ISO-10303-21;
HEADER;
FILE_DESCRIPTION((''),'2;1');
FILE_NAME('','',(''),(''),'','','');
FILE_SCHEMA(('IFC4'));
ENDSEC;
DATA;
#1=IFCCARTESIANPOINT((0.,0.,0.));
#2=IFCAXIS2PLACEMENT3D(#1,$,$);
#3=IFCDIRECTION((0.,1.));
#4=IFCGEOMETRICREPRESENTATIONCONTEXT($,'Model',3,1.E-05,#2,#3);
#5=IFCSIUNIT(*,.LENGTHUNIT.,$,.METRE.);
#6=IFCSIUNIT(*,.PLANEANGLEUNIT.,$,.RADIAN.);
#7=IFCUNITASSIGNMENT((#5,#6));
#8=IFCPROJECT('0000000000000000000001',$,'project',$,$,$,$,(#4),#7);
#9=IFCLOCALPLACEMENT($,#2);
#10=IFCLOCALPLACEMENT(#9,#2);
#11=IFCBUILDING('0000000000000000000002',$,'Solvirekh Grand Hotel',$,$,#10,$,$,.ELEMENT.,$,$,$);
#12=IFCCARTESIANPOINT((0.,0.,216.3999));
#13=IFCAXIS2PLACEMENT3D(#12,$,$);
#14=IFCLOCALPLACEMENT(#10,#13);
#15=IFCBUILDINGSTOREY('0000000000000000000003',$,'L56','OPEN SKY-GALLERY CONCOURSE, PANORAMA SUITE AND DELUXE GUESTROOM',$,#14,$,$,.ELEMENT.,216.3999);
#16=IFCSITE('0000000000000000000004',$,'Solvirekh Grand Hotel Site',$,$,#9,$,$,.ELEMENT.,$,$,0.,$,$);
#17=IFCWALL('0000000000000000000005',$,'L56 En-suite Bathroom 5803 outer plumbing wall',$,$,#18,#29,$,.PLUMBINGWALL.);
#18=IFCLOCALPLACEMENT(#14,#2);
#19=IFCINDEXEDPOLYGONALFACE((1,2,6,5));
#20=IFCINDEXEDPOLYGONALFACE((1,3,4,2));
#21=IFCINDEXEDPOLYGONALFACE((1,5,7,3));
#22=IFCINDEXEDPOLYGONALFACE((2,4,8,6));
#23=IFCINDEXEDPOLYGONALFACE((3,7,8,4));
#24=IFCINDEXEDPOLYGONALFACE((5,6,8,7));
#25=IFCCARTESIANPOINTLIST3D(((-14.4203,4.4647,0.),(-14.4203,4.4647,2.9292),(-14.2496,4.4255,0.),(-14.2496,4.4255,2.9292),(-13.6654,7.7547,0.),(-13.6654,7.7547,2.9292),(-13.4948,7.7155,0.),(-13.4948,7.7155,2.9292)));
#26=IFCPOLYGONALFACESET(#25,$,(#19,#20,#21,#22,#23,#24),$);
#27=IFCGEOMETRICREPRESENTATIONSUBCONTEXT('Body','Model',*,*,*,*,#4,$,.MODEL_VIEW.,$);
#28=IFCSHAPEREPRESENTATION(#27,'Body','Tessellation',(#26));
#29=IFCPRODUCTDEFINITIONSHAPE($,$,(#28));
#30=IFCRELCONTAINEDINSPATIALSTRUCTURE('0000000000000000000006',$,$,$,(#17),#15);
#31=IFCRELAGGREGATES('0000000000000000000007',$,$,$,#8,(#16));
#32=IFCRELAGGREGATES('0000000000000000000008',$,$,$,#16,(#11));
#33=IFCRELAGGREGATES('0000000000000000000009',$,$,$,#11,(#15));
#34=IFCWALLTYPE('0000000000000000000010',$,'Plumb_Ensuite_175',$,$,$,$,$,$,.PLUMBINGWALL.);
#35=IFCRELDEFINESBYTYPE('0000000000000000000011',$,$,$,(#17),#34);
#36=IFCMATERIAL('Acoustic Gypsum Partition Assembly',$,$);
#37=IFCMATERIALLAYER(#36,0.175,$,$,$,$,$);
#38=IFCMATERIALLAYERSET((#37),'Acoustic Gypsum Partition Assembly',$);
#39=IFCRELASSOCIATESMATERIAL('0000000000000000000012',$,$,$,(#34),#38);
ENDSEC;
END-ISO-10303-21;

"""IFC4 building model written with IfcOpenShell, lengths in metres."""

from ifc_helpers import new_model, si_unit, direction, frame, frame_2d, origin, place, context, subcontext, project, spatial, rectangle, extrude, material, layer, layer_set, type_object, element, save


model = new_model("IFC4")

# Units and contexts
model_context = context("Model", 3, precision=1e-05, world=origin(), true_north=direction((0.0, 1.0)))
body_context = subcontext(model_context, "Body", "Model", "MODEL_VIEW")
ifc_project = project(units=[si_unit("LENGTHUNIT", "METRE"), si_unit("PLANEANGLEUNIT", "RADIAN")], contexts=[model_context])

# Site, building, storey
site_placement = place(None, origin())
site = spatial("IfcSite", under=ifc_project, at=site_placement, Name="Solvirekh Grand Hotel Site", CompositionType="ELEMENT", RefElevation=0.0)
building_placement = place(site_placement, origin())
building = spatial("IfcBuilding", under=site, at=building_placement, Name="Solvirekh Grand Hotel", CompositionType="ELEMENT")
storey_placement = place(building_placement, frame((0.0, 0.0, 216.3999)))
storey = spatial("IfcBuildingStorey", under=building, at=storey_placement, Name="L56", Description="OPEN SKY-GALLERY CONCOURSE, PANORAMA SUITE AND DELUXE GUESTROOM", CompositionType="ELEMENT", Elevation=216.3999)

# Shared definitions
ifc_material_1 = material(Name="Acoustic Gypsum Partition Assembly")

# Wall
ifc_layer_1 = layer(ifc_material_1, 0.175)
ifc_layer_set_1 = layer_set([ifc_layer_1], Name="Acoustic Gypsum Partition Assembly")
wall_type_1 = type_object("IfcWallType", Name="Plumb_Ensuite_175", PredefinedType="PLUMBINGWALL", material=ifc_layer_set_1)
wall_1_placement = place(storey_placement, frame((-13.5801, 7.7351, 0.0), z_axis=(0.0, 0.0, 1.0), x_axis=(-0.223634, -0.974673, 0.0)))
element("IfcWall", 1, at=wall_1_placement, inside=storey, type_object=wall_type_1, Name="L56 En-suite Bathroom 5803 outer plumbing wall", PredefinedType="PLUMBINGWALL", context=body_context, shape_type="SweptSolid", body=[
    extrude(rectangle(XDim=3.3755, YDim=0.175, at=frame_2d((1.6877, 0.0))), origin(), (0.0, 0.0, 1.0), 2.9292),
])

save(model, "model.ifc")
